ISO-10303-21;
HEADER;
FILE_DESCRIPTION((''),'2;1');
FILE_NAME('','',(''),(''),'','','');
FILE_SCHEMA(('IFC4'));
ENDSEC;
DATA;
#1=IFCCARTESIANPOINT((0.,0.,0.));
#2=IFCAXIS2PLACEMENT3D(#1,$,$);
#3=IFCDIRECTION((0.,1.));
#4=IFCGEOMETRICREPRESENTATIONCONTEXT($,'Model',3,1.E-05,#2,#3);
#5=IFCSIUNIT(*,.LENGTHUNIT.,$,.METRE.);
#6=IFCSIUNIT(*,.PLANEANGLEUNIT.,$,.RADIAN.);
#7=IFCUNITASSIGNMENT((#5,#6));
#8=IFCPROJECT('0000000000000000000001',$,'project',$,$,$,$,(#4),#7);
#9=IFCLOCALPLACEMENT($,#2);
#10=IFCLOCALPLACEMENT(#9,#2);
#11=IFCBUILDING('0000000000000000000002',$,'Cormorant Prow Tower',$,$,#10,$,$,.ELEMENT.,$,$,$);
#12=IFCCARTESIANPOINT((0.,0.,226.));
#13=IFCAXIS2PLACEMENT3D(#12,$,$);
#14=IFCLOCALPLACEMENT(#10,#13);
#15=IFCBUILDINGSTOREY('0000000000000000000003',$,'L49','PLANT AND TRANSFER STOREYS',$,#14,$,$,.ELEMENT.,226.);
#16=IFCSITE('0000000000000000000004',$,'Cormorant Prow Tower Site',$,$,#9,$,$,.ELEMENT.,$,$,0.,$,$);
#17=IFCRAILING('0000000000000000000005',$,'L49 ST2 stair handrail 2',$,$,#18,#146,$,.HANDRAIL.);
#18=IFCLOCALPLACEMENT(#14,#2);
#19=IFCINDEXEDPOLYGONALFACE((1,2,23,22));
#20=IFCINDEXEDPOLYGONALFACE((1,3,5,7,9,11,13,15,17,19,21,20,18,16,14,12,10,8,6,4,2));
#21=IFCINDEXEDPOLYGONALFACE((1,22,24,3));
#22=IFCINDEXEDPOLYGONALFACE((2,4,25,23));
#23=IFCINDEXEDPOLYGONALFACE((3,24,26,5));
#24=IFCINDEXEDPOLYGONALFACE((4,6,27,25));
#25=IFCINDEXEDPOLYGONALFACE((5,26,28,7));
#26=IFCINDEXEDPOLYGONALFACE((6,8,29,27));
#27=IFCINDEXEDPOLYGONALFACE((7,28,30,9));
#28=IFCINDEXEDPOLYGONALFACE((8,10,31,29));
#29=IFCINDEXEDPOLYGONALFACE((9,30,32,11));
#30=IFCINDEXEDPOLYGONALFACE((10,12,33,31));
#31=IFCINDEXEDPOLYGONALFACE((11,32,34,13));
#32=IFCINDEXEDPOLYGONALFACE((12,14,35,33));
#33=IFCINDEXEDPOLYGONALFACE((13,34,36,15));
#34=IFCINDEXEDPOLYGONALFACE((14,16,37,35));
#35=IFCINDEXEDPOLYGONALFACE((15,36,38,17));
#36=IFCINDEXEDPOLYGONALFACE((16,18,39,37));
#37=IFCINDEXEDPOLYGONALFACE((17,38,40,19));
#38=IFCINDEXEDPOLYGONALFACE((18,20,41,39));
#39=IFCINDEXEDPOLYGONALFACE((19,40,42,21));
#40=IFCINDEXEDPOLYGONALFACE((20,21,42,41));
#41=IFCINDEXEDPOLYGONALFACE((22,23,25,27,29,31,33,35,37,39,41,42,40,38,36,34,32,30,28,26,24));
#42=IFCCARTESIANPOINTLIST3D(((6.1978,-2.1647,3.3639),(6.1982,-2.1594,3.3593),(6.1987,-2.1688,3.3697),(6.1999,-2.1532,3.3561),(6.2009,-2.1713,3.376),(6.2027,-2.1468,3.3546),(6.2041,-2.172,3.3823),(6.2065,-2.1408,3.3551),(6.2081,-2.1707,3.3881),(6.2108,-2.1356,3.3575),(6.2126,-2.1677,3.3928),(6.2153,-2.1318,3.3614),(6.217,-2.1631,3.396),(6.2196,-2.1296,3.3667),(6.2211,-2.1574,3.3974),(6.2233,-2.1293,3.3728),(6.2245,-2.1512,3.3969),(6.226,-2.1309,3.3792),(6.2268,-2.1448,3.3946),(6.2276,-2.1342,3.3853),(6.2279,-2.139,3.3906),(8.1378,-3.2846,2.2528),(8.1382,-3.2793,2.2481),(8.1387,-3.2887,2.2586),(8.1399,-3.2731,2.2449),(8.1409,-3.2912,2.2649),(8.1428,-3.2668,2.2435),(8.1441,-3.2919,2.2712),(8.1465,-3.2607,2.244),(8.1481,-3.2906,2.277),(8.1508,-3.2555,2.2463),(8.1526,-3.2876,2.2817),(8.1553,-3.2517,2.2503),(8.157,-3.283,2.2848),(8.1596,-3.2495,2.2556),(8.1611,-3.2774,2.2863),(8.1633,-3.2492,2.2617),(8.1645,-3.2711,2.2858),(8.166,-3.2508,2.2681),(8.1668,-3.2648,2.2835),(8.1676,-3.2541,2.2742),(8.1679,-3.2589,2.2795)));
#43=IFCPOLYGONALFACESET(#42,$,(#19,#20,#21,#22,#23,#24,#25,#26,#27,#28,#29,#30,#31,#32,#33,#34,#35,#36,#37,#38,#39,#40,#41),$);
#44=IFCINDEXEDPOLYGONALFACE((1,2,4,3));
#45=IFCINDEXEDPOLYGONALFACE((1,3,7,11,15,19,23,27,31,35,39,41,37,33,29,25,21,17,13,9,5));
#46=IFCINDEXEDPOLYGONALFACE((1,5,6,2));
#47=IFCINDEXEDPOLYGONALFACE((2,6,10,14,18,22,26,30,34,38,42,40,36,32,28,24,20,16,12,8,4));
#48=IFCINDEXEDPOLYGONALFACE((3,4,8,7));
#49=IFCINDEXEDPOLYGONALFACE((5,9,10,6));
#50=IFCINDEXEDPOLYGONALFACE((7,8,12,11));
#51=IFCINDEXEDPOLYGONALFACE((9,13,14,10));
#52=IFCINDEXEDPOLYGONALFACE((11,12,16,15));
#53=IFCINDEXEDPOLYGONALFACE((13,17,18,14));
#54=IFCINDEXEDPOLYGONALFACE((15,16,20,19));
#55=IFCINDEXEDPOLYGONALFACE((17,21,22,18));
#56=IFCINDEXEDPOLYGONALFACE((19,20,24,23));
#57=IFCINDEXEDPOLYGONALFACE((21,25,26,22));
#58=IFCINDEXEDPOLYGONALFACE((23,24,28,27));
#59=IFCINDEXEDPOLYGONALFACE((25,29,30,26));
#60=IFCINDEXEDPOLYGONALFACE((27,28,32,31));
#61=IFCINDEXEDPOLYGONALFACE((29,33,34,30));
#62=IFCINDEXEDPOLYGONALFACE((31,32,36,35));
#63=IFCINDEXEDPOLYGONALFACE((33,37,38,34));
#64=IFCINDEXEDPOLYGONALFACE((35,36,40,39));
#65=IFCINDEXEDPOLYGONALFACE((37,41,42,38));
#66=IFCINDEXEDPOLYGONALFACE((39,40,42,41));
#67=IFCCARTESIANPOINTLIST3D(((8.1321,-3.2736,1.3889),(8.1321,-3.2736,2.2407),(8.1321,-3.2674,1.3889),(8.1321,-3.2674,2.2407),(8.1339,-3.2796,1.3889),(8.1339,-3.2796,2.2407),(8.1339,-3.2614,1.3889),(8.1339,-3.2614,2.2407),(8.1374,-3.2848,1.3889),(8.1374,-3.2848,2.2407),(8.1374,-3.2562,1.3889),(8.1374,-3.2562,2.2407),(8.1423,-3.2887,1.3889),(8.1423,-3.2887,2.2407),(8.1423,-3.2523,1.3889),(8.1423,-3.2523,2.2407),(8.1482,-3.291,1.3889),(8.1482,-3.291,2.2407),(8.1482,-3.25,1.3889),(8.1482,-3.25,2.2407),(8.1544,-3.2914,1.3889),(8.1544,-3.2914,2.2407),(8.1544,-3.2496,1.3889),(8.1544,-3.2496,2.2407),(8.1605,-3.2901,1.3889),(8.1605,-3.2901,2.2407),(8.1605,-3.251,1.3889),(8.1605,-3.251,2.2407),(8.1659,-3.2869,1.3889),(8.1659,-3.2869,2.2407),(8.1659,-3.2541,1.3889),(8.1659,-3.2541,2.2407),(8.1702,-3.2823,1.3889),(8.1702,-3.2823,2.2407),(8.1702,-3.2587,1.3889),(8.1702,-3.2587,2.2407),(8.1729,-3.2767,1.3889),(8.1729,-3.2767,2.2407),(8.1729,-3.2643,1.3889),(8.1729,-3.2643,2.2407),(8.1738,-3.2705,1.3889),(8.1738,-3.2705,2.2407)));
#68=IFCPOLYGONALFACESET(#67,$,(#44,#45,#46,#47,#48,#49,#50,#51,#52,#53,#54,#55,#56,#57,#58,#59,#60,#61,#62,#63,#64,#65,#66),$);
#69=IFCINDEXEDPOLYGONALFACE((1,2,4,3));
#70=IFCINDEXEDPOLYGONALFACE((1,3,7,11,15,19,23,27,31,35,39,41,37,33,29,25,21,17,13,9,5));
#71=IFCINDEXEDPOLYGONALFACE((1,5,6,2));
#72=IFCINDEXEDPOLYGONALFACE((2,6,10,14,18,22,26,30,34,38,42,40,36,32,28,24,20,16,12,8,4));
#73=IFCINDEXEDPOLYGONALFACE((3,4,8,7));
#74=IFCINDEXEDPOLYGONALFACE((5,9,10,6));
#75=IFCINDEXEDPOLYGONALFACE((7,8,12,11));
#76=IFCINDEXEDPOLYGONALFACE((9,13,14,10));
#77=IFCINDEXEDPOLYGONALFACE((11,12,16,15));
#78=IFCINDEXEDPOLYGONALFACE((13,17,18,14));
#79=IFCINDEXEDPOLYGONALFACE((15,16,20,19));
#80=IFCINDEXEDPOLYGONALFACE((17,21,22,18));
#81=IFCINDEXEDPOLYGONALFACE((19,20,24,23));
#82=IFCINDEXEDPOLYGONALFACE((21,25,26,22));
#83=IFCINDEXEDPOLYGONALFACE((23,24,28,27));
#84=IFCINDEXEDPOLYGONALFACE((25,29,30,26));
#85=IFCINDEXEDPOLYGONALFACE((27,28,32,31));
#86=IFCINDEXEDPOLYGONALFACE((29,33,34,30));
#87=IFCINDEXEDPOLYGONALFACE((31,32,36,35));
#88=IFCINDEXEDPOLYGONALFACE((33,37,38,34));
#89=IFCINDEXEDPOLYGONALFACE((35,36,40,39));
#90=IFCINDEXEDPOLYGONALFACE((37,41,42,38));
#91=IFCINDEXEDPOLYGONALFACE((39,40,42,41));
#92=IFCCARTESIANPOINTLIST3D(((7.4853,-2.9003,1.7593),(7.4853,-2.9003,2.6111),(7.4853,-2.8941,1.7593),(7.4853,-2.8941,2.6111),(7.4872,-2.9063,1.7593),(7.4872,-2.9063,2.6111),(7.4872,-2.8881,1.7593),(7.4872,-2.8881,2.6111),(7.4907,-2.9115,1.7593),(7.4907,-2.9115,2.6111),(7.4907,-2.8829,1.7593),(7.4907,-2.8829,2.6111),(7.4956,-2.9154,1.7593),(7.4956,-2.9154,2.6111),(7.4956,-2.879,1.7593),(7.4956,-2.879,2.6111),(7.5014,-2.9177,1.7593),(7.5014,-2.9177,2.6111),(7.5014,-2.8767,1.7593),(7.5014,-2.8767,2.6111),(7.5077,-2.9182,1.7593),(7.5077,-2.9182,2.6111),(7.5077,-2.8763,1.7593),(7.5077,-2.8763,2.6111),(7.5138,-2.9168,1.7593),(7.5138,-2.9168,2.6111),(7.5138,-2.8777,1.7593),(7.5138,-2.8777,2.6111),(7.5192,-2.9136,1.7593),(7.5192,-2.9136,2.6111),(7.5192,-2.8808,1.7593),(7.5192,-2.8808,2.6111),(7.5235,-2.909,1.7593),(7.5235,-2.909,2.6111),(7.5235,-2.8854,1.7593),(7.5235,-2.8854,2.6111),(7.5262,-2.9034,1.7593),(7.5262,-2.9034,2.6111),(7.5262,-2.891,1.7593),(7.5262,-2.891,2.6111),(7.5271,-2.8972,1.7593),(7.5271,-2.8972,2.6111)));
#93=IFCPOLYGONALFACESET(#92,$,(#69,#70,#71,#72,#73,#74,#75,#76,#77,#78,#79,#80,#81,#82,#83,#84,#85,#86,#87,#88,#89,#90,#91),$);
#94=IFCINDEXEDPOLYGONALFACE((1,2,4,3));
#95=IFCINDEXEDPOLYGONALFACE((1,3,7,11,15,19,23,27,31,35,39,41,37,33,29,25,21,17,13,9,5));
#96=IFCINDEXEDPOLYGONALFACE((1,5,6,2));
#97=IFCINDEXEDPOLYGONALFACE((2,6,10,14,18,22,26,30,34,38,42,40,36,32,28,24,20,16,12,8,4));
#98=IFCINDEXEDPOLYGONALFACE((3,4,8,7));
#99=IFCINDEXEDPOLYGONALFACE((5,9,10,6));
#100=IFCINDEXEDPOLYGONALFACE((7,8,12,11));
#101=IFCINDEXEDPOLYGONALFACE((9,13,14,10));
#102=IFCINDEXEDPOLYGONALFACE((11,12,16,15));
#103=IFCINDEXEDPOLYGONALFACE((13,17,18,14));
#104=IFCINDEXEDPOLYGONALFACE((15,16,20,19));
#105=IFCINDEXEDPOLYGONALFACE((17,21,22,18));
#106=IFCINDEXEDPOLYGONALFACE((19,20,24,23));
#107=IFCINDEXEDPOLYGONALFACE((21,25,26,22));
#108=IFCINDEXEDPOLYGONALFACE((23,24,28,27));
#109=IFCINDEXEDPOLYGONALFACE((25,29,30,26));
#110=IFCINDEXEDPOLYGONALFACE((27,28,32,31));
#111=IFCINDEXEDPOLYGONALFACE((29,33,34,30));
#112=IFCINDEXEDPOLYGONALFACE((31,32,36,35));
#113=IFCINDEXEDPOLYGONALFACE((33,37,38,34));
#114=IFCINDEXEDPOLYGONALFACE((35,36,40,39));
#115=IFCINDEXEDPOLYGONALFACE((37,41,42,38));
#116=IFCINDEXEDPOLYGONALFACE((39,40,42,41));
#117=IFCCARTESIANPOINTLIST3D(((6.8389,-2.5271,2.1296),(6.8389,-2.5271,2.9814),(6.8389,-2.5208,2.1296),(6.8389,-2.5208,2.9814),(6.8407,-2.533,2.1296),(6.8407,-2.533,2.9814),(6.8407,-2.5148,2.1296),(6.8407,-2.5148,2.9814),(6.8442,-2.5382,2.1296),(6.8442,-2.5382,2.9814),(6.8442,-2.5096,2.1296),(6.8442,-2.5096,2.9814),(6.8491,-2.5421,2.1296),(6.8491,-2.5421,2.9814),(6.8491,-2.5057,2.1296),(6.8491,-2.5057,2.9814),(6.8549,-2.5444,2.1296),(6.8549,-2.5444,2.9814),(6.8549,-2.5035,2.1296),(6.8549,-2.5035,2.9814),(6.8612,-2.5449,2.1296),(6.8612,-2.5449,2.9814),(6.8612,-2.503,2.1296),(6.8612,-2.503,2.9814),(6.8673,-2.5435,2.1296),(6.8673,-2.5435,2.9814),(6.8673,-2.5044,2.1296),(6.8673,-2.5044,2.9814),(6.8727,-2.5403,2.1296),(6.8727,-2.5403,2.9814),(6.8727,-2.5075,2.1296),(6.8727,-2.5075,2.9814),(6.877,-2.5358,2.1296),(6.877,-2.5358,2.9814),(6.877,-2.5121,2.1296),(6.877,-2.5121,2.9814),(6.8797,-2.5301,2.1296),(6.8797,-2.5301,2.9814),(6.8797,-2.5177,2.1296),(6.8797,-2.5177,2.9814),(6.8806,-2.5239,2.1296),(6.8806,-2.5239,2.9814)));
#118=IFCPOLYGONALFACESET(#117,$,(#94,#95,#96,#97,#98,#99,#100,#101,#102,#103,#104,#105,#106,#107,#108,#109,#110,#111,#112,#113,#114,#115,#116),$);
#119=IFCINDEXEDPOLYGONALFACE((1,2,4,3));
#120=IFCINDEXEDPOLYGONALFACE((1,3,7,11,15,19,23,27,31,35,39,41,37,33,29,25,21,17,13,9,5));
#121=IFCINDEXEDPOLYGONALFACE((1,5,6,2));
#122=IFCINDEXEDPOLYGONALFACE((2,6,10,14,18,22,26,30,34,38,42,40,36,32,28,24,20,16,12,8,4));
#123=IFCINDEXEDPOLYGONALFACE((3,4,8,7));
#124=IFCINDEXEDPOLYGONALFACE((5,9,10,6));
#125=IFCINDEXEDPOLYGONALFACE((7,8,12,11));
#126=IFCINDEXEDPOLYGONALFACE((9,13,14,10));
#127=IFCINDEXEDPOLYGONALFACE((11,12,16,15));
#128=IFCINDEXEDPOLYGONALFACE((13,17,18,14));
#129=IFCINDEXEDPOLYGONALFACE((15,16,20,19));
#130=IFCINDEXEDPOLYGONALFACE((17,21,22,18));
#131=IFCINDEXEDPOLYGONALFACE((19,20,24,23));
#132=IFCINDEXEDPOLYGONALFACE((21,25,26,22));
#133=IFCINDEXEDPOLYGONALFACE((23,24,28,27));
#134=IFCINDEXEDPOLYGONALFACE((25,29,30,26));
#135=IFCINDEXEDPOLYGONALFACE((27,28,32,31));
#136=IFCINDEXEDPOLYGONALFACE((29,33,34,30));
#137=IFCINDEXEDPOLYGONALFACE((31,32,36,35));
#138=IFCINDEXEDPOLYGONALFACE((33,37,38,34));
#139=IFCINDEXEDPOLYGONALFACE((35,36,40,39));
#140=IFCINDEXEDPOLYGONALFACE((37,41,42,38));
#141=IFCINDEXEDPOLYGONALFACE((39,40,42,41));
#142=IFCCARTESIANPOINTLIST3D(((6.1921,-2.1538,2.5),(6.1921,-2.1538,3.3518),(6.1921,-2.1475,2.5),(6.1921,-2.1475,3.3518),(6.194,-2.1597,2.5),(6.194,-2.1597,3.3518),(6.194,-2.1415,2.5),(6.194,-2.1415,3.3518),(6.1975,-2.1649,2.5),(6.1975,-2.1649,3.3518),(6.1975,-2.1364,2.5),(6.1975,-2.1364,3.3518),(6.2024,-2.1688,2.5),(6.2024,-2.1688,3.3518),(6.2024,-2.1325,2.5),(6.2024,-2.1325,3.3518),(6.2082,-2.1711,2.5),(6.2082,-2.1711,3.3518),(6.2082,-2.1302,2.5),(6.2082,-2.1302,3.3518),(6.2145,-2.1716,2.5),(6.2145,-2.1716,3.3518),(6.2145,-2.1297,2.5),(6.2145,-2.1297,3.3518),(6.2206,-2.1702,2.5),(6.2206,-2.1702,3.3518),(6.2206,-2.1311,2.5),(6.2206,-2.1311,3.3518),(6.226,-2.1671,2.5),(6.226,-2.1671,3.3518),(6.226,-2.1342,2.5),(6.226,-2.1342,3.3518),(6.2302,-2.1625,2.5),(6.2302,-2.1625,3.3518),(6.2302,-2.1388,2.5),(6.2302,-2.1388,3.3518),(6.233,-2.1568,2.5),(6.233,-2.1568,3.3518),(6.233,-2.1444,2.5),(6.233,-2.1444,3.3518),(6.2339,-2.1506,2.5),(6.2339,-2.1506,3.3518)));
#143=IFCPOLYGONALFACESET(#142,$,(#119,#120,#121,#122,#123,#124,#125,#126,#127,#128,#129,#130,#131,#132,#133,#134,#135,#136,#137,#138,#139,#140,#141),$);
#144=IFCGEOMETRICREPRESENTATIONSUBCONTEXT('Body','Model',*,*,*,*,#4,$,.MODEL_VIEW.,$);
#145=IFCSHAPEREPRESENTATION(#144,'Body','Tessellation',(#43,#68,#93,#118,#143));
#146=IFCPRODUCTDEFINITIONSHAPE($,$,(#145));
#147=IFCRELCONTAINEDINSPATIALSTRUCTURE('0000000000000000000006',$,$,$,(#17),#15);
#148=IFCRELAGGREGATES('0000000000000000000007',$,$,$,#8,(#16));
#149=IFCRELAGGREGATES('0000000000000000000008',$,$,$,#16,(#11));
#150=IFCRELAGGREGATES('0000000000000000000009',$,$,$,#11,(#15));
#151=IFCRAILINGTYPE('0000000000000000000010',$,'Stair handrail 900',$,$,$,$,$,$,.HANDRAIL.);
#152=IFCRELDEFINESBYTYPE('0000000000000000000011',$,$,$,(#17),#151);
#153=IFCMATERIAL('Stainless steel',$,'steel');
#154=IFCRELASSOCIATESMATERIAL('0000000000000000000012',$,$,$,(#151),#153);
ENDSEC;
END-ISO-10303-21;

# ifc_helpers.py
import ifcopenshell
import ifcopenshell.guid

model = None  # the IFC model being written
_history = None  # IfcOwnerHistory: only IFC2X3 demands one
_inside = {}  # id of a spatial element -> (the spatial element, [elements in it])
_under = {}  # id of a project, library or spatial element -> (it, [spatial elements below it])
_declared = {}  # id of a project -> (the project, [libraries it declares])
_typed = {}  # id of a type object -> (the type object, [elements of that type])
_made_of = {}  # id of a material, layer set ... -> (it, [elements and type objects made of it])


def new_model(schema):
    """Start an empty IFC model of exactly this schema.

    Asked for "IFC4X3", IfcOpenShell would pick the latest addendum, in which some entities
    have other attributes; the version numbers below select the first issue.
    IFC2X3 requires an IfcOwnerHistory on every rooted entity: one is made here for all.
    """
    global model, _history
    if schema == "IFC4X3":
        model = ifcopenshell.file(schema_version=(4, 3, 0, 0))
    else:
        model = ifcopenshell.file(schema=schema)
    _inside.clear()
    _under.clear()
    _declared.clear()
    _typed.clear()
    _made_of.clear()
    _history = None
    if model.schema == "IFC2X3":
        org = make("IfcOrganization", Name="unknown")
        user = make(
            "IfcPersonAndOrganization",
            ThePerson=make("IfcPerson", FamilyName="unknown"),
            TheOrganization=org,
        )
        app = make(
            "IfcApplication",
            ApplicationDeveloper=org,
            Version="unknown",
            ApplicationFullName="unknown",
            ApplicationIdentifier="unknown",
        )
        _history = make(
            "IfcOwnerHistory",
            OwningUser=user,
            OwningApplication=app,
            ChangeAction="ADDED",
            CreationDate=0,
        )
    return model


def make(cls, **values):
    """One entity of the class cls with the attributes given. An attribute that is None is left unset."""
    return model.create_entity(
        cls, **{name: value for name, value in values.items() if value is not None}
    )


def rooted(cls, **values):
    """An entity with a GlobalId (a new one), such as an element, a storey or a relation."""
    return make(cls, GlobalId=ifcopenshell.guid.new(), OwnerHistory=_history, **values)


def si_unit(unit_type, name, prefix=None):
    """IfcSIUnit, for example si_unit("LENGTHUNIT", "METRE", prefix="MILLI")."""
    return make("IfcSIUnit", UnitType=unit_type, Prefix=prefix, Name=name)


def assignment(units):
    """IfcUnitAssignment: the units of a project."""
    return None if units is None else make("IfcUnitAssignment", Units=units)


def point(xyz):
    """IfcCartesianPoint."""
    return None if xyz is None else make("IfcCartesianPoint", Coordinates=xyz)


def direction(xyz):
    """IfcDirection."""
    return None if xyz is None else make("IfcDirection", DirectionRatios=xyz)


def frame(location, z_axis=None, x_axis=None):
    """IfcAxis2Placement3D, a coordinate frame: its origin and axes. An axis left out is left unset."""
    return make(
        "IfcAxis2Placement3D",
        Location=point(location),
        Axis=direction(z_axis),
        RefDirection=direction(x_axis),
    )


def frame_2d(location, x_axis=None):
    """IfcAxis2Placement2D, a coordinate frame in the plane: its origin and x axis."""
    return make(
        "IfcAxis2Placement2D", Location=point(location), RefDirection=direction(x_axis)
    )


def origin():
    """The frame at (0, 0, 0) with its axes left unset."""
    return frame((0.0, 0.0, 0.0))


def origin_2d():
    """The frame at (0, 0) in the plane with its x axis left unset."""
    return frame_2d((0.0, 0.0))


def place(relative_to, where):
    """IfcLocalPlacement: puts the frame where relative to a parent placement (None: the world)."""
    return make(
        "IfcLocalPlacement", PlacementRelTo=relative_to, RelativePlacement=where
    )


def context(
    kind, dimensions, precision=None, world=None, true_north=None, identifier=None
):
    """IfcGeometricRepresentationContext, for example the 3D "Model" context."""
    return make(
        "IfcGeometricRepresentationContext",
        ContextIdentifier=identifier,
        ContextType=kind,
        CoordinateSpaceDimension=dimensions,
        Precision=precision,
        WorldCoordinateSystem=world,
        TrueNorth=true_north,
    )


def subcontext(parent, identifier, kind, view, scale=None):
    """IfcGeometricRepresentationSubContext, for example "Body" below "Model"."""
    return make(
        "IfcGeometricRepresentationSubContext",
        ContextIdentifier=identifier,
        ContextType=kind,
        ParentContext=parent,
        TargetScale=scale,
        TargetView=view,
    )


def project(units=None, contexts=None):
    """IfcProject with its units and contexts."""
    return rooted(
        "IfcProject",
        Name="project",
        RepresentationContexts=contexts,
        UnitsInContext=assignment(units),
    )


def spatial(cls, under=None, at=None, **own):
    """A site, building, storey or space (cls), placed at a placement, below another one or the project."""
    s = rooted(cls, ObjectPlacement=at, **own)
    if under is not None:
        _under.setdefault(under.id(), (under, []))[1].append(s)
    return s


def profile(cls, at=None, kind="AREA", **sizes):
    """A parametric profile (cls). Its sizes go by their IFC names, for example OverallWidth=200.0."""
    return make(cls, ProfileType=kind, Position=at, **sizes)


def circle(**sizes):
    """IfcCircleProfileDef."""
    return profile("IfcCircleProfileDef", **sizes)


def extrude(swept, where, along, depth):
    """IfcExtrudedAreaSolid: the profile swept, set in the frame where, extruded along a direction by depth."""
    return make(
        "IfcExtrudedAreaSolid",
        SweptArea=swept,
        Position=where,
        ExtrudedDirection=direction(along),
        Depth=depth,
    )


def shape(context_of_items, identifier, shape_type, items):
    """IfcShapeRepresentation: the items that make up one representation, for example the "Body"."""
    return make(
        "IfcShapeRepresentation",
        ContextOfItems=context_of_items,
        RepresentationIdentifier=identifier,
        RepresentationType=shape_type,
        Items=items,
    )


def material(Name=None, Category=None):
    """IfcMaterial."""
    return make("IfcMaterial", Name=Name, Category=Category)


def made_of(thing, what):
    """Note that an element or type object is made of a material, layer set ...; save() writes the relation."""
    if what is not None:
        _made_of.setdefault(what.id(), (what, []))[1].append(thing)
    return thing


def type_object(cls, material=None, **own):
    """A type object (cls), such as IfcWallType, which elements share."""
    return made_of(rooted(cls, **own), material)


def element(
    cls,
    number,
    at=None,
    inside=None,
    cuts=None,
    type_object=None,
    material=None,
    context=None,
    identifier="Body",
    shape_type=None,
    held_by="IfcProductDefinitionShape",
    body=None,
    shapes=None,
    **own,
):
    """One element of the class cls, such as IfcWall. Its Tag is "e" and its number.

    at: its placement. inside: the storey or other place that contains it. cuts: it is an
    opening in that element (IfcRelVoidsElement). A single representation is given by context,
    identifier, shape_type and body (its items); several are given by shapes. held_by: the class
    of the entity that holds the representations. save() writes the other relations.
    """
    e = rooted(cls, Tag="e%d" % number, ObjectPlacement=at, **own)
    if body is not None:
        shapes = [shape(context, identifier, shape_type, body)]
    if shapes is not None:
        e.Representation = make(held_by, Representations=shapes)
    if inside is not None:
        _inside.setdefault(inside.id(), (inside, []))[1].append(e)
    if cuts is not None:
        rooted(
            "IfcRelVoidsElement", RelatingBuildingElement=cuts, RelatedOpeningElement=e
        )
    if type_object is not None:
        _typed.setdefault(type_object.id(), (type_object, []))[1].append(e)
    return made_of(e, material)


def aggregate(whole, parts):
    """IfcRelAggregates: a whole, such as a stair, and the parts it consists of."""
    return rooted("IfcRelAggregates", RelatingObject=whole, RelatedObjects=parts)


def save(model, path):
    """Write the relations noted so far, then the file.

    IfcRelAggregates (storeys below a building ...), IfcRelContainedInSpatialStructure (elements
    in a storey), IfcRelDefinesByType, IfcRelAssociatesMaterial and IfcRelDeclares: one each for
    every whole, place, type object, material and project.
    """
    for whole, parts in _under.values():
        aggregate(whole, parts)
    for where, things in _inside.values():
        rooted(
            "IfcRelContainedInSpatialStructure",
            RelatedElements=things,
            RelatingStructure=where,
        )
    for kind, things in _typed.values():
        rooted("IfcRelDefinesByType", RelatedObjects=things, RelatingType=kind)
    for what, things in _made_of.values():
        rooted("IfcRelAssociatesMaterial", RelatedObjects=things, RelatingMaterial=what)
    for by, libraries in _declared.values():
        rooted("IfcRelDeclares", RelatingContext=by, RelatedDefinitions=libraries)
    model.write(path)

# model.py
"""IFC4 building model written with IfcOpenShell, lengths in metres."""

from ifc_helpers import new_model, si_unit, direction, frame, origin, origin_2d, place, context, subcontext, project, spatial, circle, extrude, material, type_object, element, save


model = new_model("IFC4")

# Units and contexts
model_context = context("Model", 3, precision=1e-05, world=origin(), true_north=direction((0.0, 1.0)))
body_context = subcontext(model_context, "Body", "Model", "MODEL_VIEW")
ifc_project = project(units=[si_unit("LENGTHUNIT", "METRE"), si_unit("PLANEANGLEUNIT", "RADIAN")], contexts=[model_context])

# Site, building, storey
site_placement = place(None, origin())
site = spatial("IfcSite", under=ifc_project, at=site_placement, Name="Cormorant Prow Tower Site", CompositionType="ELEMENT", RefElevation=0.0)
building_placement = place(site_placement, origin())
building = spatial("IfcBuilding", under=site, at=building_placement, Name="Cormorant Prow Tower", CompositionType="ELEMENT")
storey_placement = place(building_placement, frame((0.0, 0.0, 226.0)))
storey = spatial("IfcBuildingStorey", under=building, at=storey_placement, Name="L49", Description="PLANT AND TRANSFER STOREYS", CompositionType="ELEMENT", Elevation=226.0)

# Railing
ifc_material_1 = material(Name="Stainless steel", Category="steel")
railing_type_1 = type_object("IfcRailingType", Name="Stair handrail 900", PredefinedType="HANDRAIL", material=ifc_material_1)
railing_1_placement = place(storey_placement, frame((8.1528, -3.2705, 1.3889)))
element("IfcRailing", 1, at=railing_1_placement, inside=storey, type_object=railing_type_1, Name="L49 ST2 stair handrail 2", PredefinedType="HANDRAIL", context=body_context, shape_type="SweptSolid", body=[
    extrude(circle(Radius=0.0239, at=origin_2d()), frame((0.0, 0.0, 0.876), z_axis=(-0.775853, 0.447878, 0.444363), x_axis=(-0.499949, -0.866055, 0.0)), (0.0, 0.0, 1.0), 2.5005),
    extrude(circle(Radius=0.021, at=origin_2d()), origin(), (0.0, 0.0, 1.0), 0.8518),
    extrude(circle(Radius=0.021, at=origin_2d()), frame((-0.6467, 0.3733, 0.3704)), (0.0, 0.0, 1.0), 0.8518),
    extrude(circle(Radius=0.021, at=origin_2d()), frame((-1.2932, 0.7466, 0.7407)), (0.0, 0.0, 1.0), 0.8518),
    extrude(circle(Radius=0.021, at=origin_2d()), frame((-1.9399, 1.1199, 1.1111)), (0.0, 0.0, 1.0), 0.8518),
])

save(model, "model.ifc")
